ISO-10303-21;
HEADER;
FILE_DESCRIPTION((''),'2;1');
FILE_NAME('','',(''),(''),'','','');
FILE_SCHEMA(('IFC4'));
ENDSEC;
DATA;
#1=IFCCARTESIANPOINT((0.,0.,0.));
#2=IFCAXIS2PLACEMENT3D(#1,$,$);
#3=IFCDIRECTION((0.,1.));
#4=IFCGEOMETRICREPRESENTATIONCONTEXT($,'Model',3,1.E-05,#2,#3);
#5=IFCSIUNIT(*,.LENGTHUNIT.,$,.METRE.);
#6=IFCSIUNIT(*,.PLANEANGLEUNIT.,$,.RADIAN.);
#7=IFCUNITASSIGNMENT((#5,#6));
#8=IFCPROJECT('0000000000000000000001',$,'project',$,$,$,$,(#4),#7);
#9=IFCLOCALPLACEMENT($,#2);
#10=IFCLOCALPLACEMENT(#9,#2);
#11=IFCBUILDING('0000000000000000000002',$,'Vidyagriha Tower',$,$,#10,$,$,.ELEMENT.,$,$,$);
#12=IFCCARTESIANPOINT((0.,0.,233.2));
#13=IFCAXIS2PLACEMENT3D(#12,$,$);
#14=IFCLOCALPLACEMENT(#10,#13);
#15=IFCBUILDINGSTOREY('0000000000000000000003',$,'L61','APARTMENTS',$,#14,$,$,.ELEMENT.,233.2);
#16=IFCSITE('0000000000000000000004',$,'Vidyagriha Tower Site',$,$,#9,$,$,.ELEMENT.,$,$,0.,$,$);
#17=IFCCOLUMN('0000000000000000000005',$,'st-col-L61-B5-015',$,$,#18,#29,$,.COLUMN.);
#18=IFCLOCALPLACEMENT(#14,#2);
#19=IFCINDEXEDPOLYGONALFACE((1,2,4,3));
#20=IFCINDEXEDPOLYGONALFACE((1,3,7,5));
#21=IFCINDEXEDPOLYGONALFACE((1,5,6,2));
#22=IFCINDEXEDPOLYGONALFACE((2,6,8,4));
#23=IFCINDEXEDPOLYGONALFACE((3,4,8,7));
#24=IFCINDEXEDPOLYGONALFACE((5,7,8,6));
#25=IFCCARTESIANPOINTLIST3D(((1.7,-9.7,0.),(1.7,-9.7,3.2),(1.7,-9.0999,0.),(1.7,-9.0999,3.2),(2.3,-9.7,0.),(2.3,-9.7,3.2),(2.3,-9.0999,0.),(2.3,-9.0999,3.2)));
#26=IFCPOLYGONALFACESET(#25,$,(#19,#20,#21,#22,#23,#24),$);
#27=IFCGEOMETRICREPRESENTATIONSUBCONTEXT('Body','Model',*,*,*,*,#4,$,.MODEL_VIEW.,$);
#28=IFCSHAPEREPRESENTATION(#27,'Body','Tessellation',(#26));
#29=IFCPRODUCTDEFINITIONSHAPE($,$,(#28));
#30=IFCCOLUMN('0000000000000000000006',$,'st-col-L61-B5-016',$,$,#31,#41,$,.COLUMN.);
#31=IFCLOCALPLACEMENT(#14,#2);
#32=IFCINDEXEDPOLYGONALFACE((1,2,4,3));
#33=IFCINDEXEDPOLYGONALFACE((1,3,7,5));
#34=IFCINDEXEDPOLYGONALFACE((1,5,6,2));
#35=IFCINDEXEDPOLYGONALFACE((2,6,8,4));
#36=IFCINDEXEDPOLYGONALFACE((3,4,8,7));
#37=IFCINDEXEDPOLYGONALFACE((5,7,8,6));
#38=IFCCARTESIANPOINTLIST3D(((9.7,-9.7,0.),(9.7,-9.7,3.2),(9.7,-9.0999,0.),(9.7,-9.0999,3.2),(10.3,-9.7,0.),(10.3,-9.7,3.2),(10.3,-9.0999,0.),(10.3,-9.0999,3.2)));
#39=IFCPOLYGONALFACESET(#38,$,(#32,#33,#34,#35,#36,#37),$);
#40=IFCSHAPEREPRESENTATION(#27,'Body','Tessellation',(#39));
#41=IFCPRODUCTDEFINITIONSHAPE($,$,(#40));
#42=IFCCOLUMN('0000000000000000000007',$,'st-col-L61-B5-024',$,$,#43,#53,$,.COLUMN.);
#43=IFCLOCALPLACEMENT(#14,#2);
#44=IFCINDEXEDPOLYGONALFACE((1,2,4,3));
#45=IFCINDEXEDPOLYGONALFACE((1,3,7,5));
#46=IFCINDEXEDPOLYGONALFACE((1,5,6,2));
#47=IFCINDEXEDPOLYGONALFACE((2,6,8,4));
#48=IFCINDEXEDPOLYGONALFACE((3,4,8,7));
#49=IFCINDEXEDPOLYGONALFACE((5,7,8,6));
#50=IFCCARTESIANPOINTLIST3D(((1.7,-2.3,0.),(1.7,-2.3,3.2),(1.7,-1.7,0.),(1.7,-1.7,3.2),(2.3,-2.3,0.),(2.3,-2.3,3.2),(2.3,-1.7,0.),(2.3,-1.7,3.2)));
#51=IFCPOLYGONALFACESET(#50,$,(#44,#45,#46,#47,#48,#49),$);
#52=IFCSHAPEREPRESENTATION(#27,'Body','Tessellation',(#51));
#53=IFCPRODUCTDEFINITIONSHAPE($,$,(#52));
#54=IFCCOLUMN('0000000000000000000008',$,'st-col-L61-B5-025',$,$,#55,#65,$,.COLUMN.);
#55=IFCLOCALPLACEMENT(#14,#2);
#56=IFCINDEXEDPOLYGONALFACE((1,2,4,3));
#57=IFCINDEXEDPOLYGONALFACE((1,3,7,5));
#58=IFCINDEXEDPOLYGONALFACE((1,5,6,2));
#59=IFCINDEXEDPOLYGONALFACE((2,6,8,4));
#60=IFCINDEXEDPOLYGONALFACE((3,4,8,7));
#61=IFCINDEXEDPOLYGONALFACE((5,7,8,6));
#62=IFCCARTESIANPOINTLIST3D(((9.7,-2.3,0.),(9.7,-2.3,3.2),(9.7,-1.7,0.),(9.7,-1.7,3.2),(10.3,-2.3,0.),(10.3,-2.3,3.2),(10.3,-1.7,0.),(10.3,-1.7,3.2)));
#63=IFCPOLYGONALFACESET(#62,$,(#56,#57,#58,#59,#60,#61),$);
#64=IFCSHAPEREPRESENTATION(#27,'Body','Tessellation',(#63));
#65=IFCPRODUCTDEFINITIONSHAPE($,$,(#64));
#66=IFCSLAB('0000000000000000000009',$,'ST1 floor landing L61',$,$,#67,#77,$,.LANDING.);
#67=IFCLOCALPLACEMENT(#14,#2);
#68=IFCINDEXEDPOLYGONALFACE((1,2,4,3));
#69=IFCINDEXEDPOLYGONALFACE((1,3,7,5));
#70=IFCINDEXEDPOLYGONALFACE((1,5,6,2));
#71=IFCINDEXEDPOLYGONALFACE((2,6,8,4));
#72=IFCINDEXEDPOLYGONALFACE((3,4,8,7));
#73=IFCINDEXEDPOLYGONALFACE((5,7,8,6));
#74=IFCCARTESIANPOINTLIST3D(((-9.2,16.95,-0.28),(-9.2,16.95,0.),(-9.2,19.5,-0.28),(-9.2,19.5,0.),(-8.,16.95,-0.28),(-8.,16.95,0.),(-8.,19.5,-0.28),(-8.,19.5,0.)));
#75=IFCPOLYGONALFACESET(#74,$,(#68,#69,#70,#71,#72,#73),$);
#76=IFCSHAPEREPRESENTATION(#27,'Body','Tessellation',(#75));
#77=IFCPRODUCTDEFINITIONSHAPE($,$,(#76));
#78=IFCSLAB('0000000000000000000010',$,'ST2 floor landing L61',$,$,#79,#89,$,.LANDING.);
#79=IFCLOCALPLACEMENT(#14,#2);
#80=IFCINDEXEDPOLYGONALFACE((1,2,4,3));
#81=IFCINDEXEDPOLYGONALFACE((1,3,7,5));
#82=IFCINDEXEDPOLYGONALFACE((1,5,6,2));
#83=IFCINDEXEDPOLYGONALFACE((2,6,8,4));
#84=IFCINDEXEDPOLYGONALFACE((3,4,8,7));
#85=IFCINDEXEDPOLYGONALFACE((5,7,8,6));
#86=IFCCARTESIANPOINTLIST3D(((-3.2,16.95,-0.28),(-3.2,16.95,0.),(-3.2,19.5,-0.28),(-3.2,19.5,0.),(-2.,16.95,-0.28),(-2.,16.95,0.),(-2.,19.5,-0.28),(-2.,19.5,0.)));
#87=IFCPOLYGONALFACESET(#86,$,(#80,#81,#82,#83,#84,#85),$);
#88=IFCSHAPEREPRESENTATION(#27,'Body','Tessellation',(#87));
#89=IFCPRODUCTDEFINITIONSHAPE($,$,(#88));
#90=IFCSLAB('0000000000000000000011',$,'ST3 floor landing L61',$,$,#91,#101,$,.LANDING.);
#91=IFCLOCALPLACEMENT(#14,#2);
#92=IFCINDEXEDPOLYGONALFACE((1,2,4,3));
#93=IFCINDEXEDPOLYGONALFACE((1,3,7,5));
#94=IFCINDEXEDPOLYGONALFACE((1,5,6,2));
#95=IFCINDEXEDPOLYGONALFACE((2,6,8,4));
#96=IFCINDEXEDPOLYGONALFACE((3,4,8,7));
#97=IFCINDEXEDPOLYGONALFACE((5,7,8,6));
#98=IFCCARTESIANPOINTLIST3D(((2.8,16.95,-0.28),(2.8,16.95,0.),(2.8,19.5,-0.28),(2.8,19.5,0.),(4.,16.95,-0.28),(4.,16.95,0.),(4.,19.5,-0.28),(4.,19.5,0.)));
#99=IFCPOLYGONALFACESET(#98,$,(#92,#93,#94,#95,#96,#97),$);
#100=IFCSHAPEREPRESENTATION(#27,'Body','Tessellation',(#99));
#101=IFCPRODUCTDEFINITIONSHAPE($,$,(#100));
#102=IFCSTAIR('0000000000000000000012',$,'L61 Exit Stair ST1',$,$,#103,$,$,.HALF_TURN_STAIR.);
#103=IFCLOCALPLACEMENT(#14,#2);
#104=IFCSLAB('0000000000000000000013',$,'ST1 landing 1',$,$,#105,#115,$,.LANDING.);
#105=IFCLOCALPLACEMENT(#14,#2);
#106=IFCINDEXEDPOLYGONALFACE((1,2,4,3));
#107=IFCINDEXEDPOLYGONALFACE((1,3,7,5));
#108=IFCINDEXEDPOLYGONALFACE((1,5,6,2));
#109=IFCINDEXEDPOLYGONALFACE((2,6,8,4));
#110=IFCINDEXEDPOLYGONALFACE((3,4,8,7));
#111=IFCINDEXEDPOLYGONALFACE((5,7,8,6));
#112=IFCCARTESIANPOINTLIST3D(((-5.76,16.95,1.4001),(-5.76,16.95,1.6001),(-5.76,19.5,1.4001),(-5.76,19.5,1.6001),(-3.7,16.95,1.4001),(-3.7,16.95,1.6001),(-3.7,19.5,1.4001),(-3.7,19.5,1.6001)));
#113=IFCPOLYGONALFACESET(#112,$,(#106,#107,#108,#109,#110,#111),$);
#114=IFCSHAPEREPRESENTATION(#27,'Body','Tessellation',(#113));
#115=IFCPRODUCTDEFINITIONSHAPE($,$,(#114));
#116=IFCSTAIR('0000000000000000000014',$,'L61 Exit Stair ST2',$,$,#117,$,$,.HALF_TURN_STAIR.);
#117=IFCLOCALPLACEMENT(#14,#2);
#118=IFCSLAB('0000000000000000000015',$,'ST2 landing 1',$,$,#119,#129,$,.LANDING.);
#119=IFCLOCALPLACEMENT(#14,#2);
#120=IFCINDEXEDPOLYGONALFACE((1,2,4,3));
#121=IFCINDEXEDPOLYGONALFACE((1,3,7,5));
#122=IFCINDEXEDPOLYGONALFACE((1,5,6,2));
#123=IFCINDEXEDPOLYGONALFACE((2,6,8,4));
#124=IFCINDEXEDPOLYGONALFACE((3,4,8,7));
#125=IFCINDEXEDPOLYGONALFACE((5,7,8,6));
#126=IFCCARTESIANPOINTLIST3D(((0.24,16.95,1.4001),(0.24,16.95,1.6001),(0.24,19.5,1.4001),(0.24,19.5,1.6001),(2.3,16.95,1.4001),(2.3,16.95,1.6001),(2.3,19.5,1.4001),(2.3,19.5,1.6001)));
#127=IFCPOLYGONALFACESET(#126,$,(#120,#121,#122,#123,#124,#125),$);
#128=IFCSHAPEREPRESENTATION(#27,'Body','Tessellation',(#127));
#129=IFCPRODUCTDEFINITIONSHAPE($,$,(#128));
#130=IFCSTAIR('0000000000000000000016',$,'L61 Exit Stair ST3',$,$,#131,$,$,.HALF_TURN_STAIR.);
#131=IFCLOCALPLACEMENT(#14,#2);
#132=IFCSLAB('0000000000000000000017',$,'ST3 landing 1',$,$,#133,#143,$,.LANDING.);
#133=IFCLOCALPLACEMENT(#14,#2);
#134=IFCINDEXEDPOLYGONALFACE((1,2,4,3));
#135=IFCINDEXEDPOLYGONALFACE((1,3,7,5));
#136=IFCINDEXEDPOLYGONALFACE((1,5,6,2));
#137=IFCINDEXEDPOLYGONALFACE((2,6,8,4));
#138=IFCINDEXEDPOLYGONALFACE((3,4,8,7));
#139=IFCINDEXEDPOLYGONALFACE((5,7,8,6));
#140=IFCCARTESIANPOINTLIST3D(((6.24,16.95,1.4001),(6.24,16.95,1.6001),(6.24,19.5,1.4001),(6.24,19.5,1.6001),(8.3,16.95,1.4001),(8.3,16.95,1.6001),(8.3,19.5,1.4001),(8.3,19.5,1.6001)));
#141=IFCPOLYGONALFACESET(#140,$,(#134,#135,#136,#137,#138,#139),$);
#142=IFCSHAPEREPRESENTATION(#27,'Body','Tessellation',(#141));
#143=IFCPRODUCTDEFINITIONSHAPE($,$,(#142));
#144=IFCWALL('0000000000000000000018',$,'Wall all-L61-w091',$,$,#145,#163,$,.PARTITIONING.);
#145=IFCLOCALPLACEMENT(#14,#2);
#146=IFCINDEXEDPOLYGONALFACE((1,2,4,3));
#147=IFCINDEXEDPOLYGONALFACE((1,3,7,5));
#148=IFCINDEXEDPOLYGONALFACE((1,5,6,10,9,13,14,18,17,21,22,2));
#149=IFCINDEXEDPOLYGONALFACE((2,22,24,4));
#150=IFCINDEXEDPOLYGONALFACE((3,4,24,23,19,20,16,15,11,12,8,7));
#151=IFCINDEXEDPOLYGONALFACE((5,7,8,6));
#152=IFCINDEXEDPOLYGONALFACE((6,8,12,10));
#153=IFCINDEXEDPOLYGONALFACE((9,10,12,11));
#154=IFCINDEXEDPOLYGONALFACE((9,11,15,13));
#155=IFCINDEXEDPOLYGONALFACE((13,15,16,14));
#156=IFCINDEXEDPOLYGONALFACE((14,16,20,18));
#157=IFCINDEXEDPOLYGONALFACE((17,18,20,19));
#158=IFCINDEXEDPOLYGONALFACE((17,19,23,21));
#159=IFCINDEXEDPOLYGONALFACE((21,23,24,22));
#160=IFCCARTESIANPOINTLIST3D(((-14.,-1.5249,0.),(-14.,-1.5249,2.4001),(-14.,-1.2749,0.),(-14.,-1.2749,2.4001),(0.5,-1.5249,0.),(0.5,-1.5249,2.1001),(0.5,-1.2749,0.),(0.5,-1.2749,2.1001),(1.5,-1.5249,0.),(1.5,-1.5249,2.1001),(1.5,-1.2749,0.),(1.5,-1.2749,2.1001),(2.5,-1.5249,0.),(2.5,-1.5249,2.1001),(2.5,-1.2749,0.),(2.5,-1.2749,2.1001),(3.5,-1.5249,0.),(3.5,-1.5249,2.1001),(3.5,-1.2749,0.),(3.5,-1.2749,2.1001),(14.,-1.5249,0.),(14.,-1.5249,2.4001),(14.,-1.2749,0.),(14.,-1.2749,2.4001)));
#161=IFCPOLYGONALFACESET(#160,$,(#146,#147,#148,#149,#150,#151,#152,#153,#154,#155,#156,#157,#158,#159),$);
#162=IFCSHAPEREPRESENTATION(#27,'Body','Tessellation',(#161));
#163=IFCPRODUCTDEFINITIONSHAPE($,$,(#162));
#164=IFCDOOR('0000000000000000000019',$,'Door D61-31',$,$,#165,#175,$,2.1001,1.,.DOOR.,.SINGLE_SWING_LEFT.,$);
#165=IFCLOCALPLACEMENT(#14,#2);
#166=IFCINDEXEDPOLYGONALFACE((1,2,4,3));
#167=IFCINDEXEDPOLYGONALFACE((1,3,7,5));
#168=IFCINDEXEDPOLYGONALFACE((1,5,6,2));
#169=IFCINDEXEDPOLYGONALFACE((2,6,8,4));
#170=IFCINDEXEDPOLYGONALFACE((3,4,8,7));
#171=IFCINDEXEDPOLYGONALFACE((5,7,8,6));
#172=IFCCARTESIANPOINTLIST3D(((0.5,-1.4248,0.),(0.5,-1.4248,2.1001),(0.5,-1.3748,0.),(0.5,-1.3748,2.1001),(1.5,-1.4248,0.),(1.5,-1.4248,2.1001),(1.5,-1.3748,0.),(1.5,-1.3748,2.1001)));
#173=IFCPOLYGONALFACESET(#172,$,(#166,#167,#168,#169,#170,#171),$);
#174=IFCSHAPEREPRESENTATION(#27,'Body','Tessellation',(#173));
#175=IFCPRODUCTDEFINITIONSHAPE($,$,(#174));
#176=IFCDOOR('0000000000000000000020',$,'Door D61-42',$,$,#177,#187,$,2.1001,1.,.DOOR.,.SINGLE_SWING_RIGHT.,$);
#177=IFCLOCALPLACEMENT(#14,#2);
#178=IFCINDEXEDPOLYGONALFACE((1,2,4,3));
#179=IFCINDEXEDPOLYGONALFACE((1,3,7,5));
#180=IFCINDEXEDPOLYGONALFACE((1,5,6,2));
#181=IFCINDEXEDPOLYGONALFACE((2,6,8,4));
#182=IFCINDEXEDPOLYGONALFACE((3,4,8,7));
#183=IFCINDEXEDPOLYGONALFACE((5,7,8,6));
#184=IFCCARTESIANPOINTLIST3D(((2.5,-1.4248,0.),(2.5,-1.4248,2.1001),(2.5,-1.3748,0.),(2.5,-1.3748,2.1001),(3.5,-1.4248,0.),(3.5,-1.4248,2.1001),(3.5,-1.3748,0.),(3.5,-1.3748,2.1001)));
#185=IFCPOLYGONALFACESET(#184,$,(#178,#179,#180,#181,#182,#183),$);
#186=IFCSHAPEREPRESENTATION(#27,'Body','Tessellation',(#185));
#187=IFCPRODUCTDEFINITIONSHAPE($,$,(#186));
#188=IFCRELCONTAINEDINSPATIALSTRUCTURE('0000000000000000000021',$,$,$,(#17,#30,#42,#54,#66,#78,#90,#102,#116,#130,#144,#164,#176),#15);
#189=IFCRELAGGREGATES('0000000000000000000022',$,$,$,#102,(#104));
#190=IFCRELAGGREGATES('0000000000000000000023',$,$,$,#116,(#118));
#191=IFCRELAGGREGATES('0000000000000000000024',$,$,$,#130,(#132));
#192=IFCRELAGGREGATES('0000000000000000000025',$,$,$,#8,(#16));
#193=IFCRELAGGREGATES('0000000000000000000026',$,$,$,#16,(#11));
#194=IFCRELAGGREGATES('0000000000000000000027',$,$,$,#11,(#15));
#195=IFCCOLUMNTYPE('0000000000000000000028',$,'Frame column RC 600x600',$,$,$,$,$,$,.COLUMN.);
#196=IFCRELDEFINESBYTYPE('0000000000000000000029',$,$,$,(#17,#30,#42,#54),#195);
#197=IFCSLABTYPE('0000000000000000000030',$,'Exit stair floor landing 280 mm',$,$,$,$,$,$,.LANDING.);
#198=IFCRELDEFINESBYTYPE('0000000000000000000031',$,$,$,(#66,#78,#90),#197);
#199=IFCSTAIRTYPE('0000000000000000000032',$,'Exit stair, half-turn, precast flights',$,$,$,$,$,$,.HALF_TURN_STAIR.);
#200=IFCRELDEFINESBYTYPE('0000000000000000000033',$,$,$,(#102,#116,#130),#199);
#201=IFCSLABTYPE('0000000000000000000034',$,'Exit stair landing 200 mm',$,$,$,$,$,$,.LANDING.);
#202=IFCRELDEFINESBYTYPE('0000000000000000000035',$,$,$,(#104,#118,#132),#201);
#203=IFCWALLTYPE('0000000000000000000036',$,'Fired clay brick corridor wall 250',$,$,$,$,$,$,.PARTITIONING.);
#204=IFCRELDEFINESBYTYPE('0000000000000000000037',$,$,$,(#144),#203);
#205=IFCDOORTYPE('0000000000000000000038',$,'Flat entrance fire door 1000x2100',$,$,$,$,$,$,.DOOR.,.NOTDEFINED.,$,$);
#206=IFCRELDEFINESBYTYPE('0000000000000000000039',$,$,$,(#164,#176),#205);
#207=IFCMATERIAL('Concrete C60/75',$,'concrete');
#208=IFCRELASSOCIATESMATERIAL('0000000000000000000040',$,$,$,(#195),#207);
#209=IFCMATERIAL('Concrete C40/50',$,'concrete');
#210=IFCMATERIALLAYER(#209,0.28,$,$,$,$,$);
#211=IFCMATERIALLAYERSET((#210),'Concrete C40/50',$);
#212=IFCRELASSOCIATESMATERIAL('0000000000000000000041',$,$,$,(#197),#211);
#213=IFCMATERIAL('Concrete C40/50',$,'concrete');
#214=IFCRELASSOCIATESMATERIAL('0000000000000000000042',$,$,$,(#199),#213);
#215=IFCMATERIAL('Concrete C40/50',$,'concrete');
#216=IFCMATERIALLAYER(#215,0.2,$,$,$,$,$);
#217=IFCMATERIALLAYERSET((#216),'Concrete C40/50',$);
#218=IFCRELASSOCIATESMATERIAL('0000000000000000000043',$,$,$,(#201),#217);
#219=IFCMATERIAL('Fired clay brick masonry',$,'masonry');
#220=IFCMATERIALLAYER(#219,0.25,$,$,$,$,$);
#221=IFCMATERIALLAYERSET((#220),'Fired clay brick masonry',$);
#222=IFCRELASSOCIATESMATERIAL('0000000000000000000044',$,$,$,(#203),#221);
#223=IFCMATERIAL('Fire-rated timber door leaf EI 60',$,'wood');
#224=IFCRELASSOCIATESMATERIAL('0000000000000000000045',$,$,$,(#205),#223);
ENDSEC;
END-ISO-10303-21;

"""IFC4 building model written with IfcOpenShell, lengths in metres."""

from ifc_helpers import new_model, si_unit, direction, frame, frame_2d, origin, origin_2d, place, context, subcontext, project, spatial, polyline, rectangle, outline, extrude, material, layer, layer_set, material_profile, profile_set, type_object, element, fill, aggregate, save


model = new_model("IFC4")

# Units and contexts
model_context = context("Model", 3, precision=1e-05, world=origin(), true_north=direction((0.0, 1.0)))
body_context = subcontext(model_context, "Body", "Model", "MODEL_VIEW")
ifc_project = project(units=[si_unit("LENGTHUNIT", "METRE"), si_unit("PLANEANGLEUNIT", "RADIAN")], contexts=[model_context])

# Site, building, storey
site_placement = place(None, origin())
site = spatial("IfcSite", under=ifc_project, at=site_placement, Name="Vidyagriha Tower Site", CompositionType="ELEMENT", RefElevation=0.0)
building_placement = place(site_placement, origin())
building = spatial("IfcBuilding", under=site, at=building_placement, Name="Vidyagriha Tower", CompositionType="ELEMENT")
storey_placement = place(building_placement, frame((0.0, 0.0, 233.2)))
storey = spatial("IfcBuildingStorey", under=building, at=storey_placement, Name="L61", Description="APARTMENTS", CompositionType="ELEMENT", Elevation=233.2)

# Columns
ifc_material_1 = material(Name="Concrete C60/75", Category="concrete")
ifc_material_profile = material_profile(ifc_material_1, rectangle(XDim=0.6001, YDim=0.6001, at=origin_2d()), Name="RC 600x600")
ifc_profile_set = profile_set([ifc_material_profile], Name="Concrete C60/75")
column_type = type_object("IfcColumnType", Name="Frame column RC 600x600", PredefinedType="COLUMN", material=ifc_profile_set)
for number, where, name in (
    (1, (2.0, -9.3999, 0.0), "st-col-L61-B5-015"),
    (2, (10.0, -9.3999, 0.0), "st-col-L61-B5-016"),
    (3, (2.0, -2.0, 0.0), "st-col-L61-B5-024"),
    (4, (10.0, -2.0, 0.0), "st-col-L61-B5-025"),
):
    element("IfcColumn", number, at=place(storey_placement, frame(where)), inside=storey, type_object=column_type, Name=name, PredefinedType="COLUMN", context=body_context, shape_type="SweptSolid", body=[
        extrude(rectangle(XDim=0.6001, YDim=0.6001, at=origin_2d()), origin(), (0.0, 0.0, 1.0), 3.2),
    ])

# Slabs
ifc_material_2 = material(Name="Concrete C40/50", Category="concrete")
ifc_layer_1 = layer(ifc_material_2, 0.28)
ifc_layer_set_1 = layer_set([ifc_layer_1], Name="Concrete C40/50")
slab_type_1 = type_object("IfcSlabType", Name="Exit stair floor landing 280 mm", PredefinedType="LANDING", material=ifc_layer_set_1)
slab_1_placement = place(storey_placement, frame((0.0, 0.0, -0.28)))
element("IfcSlab", 5, at=slab_1_placement, inside=storey, type_object=slab_type_1, Name="ST1 floor landing L61", PredefinedType="LANDING", context=body_context, shape_type="SweptSolid", body=[
    extrude(outline(polyline([(-9.2, 16.95), (-8.0, 16.95), (-8.0, 19.5), (-9.2, 19.5), (-9.2, 16.95)])), origin(), (0.0, 0.0, 1.0), 0.28),
])
slab_2_placement = place(storey_placement, frame((0.0, 0.0, -0.28)))
element("IfcSlab", 6, at=slab_2_placement, inside=storey, type_object=slab_type_1, Name="ST2 floor landing L61", PredefinedType="LANDING", context=body_context, shape_type="SweptSolid", body=[
    extrude(outline(polyline([(-3.2, 16.95), (-2.0, 16.95), (-2.0, 19.5), (-3.2, 19.5), (-3.2, 16.95)])), origin(), (0.0, 0.0, 1.0), 0.28),
])
slab_3_placement = place(storey_placement, frame((0.0, 0.0, -0.28)))
element("IfcSlab", 7, at=slab_3_placement, inside=storey, type_object=slab_type_1, Name="ST3 floor landing L61", PredefinedType="LANDING", context=body_context, shape_type="SweptSolid", body=[
    extrude(outline(polyline([(2.8, 16.95), (4.0, 16.95), (4.0, 19.5), (2.8, 19.5), (2.8, 16.95)])), origin(), (0.0, 0.0, 1.0), 0.28),
])

# Stairs, slabs
ifc_material_3 = material(Name="Concrete C40/50", Category="concrete")
stair_type = type_object("IfcStairType", Name="Exit stair, half-turn, precast flights", PredefinedType="HALF_TURN_STAIR", material=ifc_material_3)
stair_1_placement = place(storey_placement, origin())
stair_1 = element("IfcStair", 8, at=stair_1_placement, inside=storey, type_object=stair_type, Name="L61 Exit Stair ST1", PredefinedType="HALF_TURN_STAIR")
ifc_material_4 = material(Name="Concrete C40/50", Category="concrete")
ifc_layer_2 = layer(ifc_material_4, 0.2)
ifc_layer_set_2 = layer_set([ifc_layer_2], Name="Concrete C40/50")
slab_type_2 = type_object("IfcSlabType", Name="Exit stair landing 200 mm", PredefinedType="LANDING", material=ifc_layer_set_2)
slab_4_placement = place(storey_placement, frame((0.0, 0.0, 1.4001)))
slab_4 = element("IfcSlab", 9, at=slab_4_placement, type_object=slab_type_2, Name="ST1 landing 1", PredefinedType="LANDING", context=body_context, shape_type="SweptSolid", body=[
    extrude(outline(polyline([(-5.76, 16.95), (-3.7, 16.95), (-3.7, 19.5), (-5.76, 19.5), (-5.76, 16.95)])), origin(), (0.0, 0.0, 1.0), 0.2),
])
aggregate(stair_1, [slab_4])
stair_2_placement = place(storey_placement, origin())
stair_2 = element("IfcStair", 10, at=stair_2_placement, inside=storey, type_object=stair_type, Name="L61 Exit Stair ST2", PredefinedType="HALF_TURN_STAIR")
slab_5_placement = place(storey_placement, frame((0.0, 0.0, 1.4001)))
slab_5 = element("IfcSlab", 11, at=slab_5_placement, type_object=slab_type_2, Name="ST2 landing 1", PredefinedType="LANDING", context=body_context, shape_type="SweptSolid", body=[
    extrude(outline(polyline([(0.24, 16.95), (2.3, 16.95), (2.3, 19.5), (0.24, 19.5), (0.24, 16.95)])), origin(), (0.0, 0.0, 1.0), 0.2),
])
aggregate(stair_2, [slab_5])
stair_3_placement = place(storey_placement, origin())
stair_3 = element("IfcStair", 12, at=stair_3_placement, inside=storey, type_object=stair_type, Name="L61 Exit Stair ST3", PredefinedType="HALF_TURN_STAIR")
slab_6_placement = place(storey_placement, frame((0.0, 0.0, 1.4001)))
slab_6 = element("IfcSlab", 13, at=slab_6_placement, type_object=slab_type_2, Name="ST3 landing 1", PredefinedType="LANDING", context=body_context, shape_type="SweptSolid", body=[
    extrude(outline(polyline([(6.24, 16.95), (8.3, 16.95), (8.3, 19.5), (6.24, 19.5), (6.24, 16.95)])), origin(), (0.0, 0.0, 1.0), 0.2),
])
aggregate(stair_3, [slab_6])

# Wall, openings, doors
ifc_material_5 = material(Name="Fired clay brick masonry", Category="masonry")
ifc_layer_3 = layer(ifc_material_5, 0.25)
ifc_layer_set_3 = layer_set([ifc_layer_3], Name="Fired clay brick masonry")
wall_type_1 = type_object("IfcWallType", Name="Fired clay brick corridor wall 250", PredefinedType="PARTITIONING", material=ifc_layer_set_3)
wall_1_placement = place(storey_placement, frame((14.0, -1.3999, 0.0), z_axis=(0.0, 0.0, 1.0), x_axis=(-1.0, 0.0, 0.0)))
wall_1 = element("IfcWall", 14, at=wall_1_placement, inside=storey, type_object=wall_type_1, Name="Wall all-L61-w091", PredefinedType="PARTITIONING", context=body_context, shape_type="SweptSolid", body=[
    extrude(rectangle(XDim=28.0, YDim=0.25, at=frame_2d((14.0, 0.0))), origin(), (0.0, 0.0, 1.0), 2.4001),
])
opening_1_placement = place(wall_1_placement, frame((12.5, 0.0, 0.0)))
opening_1 = element("IfcOpeningElement", 15, at=opening_1_placement, cuts=wall_1, PredefinedType="OPENING", context=body_context, shape_type="SweptSolid", body=[
    extrude(rectangle(XDim=1.0, YDim=2.1001, at=frame_2d((0.5, 1.05))), frame((0.0, 0.135, 0.0), z_axis=(0.0, -1.0, 0.0), x_axis=(1.0, 0.0, 0.0)), (0.0, 0.0, 1.0), 0.27),
])
opening_2_placement = place(wall_1_placement, frame((10.5, 0.0, 0.0)))
opening_2 = element("IfcOpeningElement", 16, at=opening_2_placement, cuts=wall_1, PredefinedType="OPENING", context=body_context, shape_type="SweptSolid", body=[
    extrude(rectangle(XDim=1.0, YDim=2.1001, at=frame_2d((0.5, 1.05))), frame((0.0, 0.135, 0.0), z_axis=(0.0, -1.0, 0.0), x_axis=(1.0, 0.0, 0.0)), (0.0, 0.0, 1.0), 0.27),
])
ifc_material_6 = material(Name="Fire-rated timber door leaf EI 60", Category="wood")
door_type_1 = type_object("IfcDoorType", Name="Flat entrance fire door 1000x2100", OperationType="NOTDEFINED", PredefinedType="DOOR", material=ifc_material_6)
door_1_placement = place(opening_1_placement, origin())
door_1 = element("IfcDoor", 17, at=door_1_placement, inside=storey, type_object=door_type_1, Name="Door D61-31", OperationType="SINGLE_SWING_LEFT", OverallHeight=2.1001, OverallWidth=1.0, PredefinedType="DOOR", context=body_context, shape_type="SweptSolid", body=[
    extrude(rectangle(XDim=1.0, YDim=2.1001, at=frame_2d((0.5, 1.05))), frame((0.0, 0.0249, 0.0), z_axis=(0.0, -1.0, 0.0), x_axis=(1.0, 0.0, 0.0)), (0.0, 0.0, 1.0), 0.05),
])
fill(opening_1, door_1)
door_2_placement = place(opening_2_placement, origin())
door_2 = element("IfcDoor", 18, at=door_2_placement, inside=storey, type_object=door_type_1, Name="Door D61-42", OperationType="SINGLE_SWING_RIGHT", OverallHeight=2.1001, OverallWidth=1.0, PredefinedType="DOOR", context=body_context, shape_type="SweptSolid", body=[
    extrude(rectangle(XDim=1.0, YDim=2.1001, at=frame_2d((0.5, 1.05))), frame((0.0, 0.0249, 0.0), z_axis=(0.0, -1.0, 0.0), x_axis=(1.0, 0.0, 0.0)), (0.0, 0.0, 1.0), 0.05),
])
fill(opening_2, door_2)

save(model, "model.ifc")
